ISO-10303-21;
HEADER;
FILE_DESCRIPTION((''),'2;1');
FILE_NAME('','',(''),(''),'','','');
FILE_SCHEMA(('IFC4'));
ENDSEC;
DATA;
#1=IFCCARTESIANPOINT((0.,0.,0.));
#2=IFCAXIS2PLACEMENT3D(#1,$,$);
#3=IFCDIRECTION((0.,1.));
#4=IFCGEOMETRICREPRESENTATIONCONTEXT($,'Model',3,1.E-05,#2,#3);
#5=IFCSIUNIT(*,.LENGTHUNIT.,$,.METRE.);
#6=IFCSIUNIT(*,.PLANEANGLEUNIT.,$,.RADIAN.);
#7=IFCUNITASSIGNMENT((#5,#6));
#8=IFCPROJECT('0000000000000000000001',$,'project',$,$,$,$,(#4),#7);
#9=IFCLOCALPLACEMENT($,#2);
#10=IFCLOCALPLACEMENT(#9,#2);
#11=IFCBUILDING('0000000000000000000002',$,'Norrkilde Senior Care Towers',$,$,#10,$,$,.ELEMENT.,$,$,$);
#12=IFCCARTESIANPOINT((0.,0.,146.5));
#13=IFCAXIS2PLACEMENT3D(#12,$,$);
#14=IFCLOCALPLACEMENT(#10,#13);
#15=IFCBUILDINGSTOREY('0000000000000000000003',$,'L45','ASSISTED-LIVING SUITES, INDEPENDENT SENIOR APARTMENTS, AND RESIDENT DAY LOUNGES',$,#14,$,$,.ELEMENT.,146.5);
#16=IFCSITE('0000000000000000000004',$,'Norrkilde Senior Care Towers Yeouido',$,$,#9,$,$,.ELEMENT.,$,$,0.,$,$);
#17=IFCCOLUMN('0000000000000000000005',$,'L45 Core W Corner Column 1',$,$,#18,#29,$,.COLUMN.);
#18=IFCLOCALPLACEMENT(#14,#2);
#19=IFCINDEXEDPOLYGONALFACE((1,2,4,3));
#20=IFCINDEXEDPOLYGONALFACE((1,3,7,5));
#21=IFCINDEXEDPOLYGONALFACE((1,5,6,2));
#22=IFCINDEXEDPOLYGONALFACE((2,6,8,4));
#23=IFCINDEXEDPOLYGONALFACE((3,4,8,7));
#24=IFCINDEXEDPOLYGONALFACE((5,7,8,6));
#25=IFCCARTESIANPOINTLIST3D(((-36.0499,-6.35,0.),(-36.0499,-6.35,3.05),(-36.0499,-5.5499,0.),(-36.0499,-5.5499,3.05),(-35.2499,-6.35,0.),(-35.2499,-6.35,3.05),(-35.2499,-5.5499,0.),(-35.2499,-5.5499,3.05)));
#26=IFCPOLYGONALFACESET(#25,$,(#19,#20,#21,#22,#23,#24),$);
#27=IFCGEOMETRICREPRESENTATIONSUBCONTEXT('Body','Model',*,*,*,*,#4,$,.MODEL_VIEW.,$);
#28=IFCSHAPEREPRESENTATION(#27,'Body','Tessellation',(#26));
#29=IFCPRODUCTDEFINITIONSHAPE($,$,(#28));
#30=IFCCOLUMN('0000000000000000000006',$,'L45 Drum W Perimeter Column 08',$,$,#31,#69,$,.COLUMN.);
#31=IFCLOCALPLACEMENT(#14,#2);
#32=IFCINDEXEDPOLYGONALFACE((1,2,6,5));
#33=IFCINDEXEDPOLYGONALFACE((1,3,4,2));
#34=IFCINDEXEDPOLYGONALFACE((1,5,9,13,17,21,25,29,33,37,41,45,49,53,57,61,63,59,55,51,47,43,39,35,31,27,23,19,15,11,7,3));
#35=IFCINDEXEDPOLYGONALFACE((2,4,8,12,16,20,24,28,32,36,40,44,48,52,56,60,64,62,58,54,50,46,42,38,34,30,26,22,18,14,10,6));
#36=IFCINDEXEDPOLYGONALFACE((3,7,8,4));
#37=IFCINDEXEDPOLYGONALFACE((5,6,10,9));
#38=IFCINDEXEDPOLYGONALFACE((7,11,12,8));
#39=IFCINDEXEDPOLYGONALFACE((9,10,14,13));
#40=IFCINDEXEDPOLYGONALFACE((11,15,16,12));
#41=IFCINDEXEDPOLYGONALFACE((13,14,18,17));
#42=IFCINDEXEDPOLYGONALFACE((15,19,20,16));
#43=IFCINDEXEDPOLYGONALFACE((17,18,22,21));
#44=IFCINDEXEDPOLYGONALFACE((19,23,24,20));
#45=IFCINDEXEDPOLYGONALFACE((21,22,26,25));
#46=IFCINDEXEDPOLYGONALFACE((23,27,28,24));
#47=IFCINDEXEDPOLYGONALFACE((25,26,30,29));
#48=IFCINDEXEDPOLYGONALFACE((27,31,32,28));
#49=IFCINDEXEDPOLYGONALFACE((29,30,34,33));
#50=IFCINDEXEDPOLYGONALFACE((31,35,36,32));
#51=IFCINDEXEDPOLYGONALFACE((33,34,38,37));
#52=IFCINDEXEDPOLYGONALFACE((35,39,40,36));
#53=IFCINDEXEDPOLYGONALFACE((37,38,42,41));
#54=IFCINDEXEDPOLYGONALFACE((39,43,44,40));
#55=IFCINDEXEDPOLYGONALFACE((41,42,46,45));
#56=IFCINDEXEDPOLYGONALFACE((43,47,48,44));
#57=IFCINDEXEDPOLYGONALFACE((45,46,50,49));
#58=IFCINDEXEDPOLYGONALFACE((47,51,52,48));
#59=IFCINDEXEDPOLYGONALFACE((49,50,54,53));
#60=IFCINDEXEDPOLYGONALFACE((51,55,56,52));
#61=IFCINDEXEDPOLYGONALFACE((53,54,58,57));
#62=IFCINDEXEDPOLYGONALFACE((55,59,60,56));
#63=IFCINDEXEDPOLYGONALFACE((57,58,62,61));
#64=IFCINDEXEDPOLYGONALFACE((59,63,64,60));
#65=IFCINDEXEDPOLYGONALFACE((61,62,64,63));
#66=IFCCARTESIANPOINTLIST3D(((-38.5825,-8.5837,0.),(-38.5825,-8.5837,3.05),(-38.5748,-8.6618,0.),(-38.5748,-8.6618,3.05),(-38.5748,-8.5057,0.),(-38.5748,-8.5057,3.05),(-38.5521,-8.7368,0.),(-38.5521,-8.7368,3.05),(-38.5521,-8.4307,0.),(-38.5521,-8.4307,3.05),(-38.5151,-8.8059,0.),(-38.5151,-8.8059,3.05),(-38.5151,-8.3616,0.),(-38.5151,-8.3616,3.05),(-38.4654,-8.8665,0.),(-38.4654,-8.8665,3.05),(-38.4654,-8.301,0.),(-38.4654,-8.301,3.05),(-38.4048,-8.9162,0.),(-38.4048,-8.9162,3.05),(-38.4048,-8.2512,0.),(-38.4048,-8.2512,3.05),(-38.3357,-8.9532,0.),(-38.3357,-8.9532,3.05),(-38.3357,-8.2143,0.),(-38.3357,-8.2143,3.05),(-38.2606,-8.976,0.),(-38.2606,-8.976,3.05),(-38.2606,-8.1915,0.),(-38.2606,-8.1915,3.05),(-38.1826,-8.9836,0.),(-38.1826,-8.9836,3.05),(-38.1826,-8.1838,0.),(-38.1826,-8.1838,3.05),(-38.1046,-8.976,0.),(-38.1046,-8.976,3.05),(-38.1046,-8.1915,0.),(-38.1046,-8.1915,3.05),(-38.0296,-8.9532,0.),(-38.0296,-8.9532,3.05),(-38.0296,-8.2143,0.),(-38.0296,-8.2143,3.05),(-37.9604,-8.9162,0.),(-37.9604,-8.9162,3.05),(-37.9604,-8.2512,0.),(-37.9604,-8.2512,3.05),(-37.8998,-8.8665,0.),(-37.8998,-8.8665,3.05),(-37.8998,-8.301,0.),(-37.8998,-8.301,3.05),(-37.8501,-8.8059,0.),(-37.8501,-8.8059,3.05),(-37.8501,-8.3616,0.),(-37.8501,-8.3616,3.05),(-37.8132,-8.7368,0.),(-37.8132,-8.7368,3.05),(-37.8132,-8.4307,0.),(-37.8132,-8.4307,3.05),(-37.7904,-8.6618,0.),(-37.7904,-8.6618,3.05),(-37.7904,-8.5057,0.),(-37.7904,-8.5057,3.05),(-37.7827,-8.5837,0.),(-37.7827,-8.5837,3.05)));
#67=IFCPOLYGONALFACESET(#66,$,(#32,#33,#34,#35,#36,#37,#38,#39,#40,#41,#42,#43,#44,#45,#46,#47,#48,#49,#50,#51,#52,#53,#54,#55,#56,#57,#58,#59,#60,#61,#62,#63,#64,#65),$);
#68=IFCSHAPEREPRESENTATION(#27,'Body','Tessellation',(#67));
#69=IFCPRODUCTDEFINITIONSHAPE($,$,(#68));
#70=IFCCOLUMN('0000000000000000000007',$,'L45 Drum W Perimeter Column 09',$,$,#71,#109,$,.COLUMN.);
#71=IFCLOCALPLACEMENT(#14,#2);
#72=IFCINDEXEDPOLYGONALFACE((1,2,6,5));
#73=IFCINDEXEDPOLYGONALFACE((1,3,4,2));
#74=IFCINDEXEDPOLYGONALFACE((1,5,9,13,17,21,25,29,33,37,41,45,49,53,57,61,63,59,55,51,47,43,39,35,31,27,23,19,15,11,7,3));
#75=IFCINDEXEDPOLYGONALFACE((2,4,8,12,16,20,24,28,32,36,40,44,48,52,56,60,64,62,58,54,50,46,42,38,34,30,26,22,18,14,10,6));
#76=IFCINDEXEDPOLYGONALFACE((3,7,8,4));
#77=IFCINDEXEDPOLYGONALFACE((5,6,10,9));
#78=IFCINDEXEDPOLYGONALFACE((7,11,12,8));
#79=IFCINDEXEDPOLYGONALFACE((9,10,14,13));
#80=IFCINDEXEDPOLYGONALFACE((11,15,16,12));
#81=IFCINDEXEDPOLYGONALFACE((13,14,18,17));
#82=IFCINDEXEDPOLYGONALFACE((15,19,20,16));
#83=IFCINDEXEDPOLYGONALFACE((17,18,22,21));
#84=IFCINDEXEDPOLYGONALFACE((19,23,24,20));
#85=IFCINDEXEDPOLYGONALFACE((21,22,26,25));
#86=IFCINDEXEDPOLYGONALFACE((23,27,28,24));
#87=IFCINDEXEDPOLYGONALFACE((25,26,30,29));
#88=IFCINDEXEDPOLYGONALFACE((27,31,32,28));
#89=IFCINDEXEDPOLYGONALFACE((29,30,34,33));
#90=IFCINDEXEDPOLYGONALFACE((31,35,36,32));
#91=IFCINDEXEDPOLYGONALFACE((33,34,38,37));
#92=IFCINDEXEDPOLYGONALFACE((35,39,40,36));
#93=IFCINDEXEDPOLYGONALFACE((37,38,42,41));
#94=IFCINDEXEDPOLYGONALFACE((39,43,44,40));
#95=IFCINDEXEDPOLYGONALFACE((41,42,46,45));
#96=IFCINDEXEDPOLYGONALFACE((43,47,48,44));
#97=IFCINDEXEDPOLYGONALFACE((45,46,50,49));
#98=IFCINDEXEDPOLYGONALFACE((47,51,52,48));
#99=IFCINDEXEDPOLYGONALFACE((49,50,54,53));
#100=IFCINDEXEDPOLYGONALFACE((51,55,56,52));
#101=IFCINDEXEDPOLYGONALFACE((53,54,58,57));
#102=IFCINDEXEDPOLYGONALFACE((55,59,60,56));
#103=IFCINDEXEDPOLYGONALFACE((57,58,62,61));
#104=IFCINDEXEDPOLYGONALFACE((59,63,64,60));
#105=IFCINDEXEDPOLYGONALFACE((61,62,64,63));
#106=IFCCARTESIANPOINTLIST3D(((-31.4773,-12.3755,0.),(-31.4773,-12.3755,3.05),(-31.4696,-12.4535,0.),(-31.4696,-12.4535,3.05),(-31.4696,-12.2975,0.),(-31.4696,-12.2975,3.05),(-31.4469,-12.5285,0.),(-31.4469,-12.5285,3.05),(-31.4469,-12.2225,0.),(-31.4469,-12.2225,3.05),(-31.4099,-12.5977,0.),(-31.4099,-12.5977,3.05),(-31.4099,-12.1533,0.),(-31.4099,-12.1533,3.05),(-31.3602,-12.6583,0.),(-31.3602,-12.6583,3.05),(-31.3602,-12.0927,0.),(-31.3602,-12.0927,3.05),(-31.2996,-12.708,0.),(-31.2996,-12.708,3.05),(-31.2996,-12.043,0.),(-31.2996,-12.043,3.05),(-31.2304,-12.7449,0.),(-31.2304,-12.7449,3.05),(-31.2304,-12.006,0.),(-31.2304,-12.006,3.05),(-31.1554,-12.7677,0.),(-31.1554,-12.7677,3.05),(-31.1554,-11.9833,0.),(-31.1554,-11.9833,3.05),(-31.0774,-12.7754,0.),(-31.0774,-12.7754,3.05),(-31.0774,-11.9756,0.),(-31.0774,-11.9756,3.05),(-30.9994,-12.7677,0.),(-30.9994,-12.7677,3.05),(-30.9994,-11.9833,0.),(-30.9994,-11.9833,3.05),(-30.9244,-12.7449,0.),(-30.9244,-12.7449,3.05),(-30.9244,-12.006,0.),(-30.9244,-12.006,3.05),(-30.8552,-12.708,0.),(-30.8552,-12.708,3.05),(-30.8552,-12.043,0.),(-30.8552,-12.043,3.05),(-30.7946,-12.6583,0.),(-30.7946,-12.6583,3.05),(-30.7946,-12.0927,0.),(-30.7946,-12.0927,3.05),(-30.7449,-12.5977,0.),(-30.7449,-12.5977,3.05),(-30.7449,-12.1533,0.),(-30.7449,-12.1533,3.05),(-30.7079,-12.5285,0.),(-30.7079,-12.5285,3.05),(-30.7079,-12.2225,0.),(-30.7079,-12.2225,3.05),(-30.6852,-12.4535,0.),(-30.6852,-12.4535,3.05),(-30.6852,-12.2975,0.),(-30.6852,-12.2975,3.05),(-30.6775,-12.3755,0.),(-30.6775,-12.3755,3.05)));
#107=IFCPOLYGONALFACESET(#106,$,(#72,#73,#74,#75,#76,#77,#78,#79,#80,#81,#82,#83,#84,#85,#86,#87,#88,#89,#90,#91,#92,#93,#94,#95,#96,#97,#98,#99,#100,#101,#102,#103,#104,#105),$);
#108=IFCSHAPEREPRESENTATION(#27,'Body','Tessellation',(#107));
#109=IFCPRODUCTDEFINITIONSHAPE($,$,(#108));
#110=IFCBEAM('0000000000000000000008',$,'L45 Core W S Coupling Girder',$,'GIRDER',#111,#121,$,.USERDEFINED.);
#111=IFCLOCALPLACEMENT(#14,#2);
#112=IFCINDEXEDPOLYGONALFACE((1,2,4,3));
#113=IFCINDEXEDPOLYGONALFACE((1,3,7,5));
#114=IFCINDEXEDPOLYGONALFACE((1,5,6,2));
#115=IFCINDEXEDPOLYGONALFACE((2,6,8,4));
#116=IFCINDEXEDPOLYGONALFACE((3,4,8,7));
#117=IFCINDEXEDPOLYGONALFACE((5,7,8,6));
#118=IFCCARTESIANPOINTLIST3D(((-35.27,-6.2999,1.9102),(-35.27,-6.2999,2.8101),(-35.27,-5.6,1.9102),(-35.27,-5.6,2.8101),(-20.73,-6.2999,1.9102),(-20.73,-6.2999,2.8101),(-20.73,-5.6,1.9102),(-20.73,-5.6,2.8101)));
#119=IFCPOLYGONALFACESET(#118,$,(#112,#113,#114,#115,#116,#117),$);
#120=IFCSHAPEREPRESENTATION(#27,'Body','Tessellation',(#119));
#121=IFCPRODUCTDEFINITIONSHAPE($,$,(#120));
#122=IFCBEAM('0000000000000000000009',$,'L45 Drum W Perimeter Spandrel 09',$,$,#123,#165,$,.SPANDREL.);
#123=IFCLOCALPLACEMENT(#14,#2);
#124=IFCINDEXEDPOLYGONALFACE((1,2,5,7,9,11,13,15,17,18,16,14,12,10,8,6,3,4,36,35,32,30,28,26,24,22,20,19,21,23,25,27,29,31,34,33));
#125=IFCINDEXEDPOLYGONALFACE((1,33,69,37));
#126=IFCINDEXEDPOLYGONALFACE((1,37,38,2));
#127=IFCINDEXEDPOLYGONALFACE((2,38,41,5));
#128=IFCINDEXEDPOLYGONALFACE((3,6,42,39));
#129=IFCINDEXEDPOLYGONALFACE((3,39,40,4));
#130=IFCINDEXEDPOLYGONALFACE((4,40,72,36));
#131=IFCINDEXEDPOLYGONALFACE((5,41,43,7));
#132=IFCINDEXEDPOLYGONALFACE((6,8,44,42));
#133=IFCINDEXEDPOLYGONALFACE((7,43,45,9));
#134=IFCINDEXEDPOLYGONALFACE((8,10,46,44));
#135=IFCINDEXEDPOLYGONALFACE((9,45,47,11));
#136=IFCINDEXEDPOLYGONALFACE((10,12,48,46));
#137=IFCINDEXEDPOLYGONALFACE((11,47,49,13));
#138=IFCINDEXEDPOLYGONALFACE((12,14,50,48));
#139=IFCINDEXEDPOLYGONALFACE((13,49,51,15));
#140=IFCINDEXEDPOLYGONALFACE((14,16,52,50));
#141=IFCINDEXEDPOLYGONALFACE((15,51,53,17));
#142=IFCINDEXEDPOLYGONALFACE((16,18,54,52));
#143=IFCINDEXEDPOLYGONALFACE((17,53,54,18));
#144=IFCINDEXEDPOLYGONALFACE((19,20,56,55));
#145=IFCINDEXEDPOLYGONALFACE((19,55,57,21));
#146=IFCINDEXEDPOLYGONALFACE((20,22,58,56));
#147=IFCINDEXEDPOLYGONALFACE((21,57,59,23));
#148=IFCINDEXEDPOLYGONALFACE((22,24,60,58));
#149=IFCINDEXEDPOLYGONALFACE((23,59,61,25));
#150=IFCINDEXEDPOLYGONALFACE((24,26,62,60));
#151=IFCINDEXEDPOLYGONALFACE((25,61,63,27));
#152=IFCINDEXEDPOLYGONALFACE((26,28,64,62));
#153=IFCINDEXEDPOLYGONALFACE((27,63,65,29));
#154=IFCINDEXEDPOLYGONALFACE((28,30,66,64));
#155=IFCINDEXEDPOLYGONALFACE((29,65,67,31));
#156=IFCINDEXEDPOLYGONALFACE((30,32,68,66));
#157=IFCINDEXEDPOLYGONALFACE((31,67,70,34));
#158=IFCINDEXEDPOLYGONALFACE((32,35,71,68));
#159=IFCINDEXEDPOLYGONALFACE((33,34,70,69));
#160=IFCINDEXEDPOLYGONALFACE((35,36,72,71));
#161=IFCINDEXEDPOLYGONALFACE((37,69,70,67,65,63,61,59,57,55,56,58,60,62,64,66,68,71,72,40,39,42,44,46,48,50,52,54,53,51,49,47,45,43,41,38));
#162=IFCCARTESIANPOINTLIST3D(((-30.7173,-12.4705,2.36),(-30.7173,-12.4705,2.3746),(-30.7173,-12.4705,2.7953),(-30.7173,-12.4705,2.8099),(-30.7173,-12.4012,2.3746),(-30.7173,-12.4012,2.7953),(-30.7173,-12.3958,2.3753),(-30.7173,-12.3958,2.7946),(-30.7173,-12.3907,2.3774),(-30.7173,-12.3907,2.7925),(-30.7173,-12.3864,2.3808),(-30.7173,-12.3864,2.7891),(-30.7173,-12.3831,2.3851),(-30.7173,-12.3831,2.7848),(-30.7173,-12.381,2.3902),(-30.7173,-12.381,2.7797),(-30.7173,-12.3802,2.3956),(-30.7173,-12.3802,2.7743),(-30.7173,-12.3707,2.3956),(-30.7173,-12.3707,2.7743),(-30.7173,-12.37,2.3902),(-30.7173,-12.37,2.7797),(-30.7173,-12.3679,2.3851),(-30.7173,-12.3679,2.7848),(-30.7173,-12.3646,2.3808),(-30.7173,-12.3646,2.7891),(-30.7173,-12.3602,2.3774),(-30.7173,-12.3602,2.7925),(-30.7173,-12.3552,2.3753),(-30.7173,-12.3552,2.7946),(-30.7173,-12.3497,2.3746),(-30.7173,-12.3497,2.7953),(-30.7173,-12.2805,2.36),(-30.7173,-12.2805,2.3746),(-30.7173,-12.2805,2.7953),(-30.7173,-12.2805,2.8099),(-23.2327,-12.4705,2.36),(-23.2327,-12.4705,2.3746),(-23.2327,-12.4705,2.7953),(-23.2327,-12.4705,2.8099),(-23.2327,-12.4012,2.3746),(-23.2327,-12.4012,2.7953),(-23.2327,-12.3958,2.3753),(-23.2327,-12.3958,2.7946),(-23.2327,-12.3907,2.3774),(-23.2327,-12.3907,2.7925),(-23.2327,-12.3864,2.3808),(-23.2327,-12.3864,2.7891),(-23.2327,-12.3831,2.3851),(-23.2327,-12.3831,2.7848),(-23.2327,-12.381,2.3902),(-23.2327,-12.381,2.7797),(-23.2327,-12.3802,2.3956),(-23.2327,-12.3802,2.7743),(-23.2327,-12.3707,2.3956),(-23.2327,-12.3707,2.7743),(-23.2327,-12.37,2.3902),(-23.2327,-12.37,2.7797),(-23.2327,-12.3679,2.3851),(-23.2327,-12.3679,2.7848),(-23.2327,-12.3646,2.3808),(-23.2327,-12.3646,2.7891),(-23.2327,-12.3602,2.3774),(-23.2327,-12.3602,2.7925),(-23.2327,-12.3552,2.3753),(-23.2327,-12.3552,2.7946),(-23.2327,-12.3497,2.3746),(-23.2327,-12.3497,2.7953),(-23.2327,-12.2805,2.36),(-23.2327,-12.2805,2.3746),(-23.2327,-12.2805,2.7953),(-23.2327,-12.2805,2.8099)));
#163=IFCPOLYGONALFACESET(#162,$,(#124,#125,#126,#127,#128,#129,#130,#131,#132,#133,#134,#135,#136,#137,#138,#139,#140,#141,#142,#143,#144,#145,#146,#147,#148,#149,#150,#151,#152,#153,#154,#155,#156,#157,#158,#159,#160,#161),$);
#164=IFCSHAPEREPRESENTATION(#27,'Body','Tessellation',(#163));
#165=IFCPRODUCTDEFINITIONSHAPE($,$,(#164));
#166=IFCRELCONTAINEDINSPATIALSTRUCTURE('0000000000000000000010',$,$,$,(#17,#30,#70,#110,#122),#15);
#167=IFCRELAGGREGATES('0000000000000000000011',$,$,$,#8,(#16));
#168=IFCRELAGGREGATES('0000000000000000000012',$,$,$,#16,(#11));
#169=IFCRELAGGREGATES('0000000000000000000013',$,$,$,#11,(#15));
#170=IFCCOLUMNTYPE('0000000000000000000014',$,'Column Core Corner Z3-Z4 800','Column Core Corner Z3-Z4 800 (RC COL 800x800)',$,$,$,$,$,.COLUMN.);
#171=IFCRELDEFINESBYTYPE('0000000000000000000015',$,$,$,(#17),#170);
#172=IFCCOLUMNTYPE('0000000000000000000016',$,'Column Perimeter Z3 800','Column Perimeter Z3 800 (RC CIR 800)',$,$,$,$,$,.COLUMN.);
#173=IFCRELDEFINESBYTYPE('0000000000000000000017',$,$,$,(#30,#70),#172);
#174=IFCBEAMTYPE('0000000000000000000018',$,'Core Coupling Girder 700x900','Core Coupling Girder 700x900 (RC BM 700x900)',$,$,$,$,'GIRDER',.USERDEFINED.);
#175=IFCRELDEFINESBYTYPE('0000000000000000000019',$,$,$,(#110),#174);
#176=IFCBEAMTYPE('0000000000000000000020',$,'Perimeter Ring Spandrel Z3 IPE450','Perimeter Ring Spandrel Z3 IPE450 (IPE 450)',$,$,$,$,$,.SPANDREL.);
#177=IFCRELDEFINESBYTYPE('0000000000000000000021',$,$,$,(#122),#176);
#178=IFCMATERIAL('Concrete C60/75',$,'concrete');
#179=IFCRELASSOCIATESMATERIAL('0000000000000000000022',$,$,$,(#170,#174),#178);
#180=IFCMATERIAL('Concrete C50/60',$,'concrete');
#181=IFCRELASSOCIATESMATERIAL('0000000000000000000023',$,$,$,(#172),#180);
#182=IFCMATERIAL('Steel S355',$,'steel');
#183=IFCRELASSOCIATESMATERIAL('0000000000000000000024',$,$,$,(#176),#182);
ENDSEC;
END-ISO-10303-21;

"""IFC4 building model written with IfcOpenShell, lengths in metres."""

from ifc_helpers import new_model, si_unit, direction, frame, origin, origin_2d, place, context, subcontext, project, spatial, rectangle, circle, i_section, extrude, source, transform, mapped, material, material_profile, profile_set, type_object, type_shapes, element, save


model = new_model("IFC4")

# Units and contexts
model_context = context("Model", 3, precision=1e-05, world=origin(), true_north=direction((0.0, 1.0)))
body_context = subcontext(model_context, "Body", "Model", "MODEL_VIEW")
ifc_project = project(units=[si_unit("LENGTHUNIT", "METRE"), si_unit("PLANEANGLEUNIT", "RADIAN")], contexts=[model_context])

# Site, building, storey
site_placement = place(None, origin())
site = spatial("IfcSite", under=ifc_project, at=site_placement, Name="Norrkilde Senior Care Towers Yeouido", CompositionType="ELEMENT", RefElevation=0.0)
building_placement = place(site_placement, origin())
building = spatial("IfcBuilding", under=site, at=building_placement, Name="Norrkilde Senior Care Towers", CompositionType="ELEMENT")
storey_placement = place(building_placement, frame((0.0, 0.0, 146.5)))
storey = spatial("IfcBuildingStorey", under=building, at=storey_placement, Name="L45", Description="ASSISTED-LIVING SUITES, INDEPENDENT SENIOR APARTMENTS, AND RESIDENT DAY LOUNGES", CompositionType="ELEMENT", Elevation=146.5)

# Columns
ifc_material_1 = material(Name="Concrete C60/75", Category="concrete")
ifc_material_profile_1 = material_profile(ifc_material_1, rectangle(XDim=0.8, YDim=0.8, at=origin_2d()), Name="RC COL 800x800")
ifc_profile_set_1 = profile_set([ifc_material_profile_1], Name="Concrete C60/75")
column_type_1 = type_object("IfcColumnType", Name="Column Core Corner Z3-Z4 800", Description="Column Core Corner Z3-Z4 800 (RC COL 800x800)", PredefinedType="COLUMN", material=ifc_profile_set_1)
shared_shape_1 = source(origin(), body_context, "Body", "SweptSolid", [
    extrude(rectangle(XDim=0.8, YDim=0.8, at=origin_2d()), origin(), (0.0, 0.0, 1.0), 3.05),
])
type_shapes(column_type_1, [shared_shape_1])
column_placement = place(storey_placement, frame((-35.6499, -5.95, 0.0), z_axis=(0.0, 0.0, 1.0), x_axis=(1.0, 0.0, 0.0)))
element("IfcColumn", 1, at=column_placement, inside=storey, type_object=column_type_1, Name="L45 Core W Corner Column 1", PredefinedType="COLUMN", context=body_context, shape_type="MappedRepresentation", body=[
    mapped(shared_shape_1, transform((0.0, 0.0, 0.0), x_axis=(1.0, 0.0, 0.0), y_axis=(0.0, 1.0, 0.0), z_axis=(0.0, 0.0, 1.0), scale=1.0)),
])
ifc_material_2 = material(Name="Concrete C50/60", Category="concrete")
ifc_material_profile_2 = material_profile(ifc_material_2, circle(Radius=0.3999, at=origin_2d()), Name="RC CIR 800")
ifc_profile_set_2 = profile_set([ifc_material_profile_2], Name="Concrete C50/60")
column_type_2 = type_object("IfcColumnType", Name="Column Perimeter Z3 800", Description="Column Perimeter Z3 800 (RC CIR 800)", PredefinedType="COLUMN", material=ifc_profile_set_2)
shared_shape_2 = source(origin(), body_context, "Body", "SweptSolid", [
    extrude(circle(Radius=0.3999, at=origin_2d()), origin(), (0.0, 0.0, 1.0), 3.05),
])
type_shapes(column_type_2, [shared_shape_2])
for number, where, z_axis, x_axis, name in (
    (2, (-38.1826, -8.5837, 0.0), (0.0, 0.0, 1.0), (1.0, 0.0, 0.0), "L45 Drum W Perimeter Column 08"),
    (3, (-31.0774, -12.3755, 0.0), (0.0, 0.0, 1.0), (1.0, 0.0, 0.0), "L45 Drum W Perimeter Column 09"),
):
    element("IfcColumn", number, at=place(storey_placement, frame(where, z_axis=z_axis, x_axis=x_axis)), inside=storey, type_object=column_type_2, Name=name, PredefinedType="COLUMN", context=body_context, shape_type="MappedRepresentation", body=[
        mapped(shared_shape_2, transform((0.0, 0.0, 0.0), x_axis=(1.0, 0.0, 0.0), y_axis=(0.0, 1.0, 0.0), z_axis=(0.0, 0.0, 1.0), scale=1.0)),
    ])

# Beams
ifc_material_profile_3 = material_profile(ifc_material_1, rectangle(XDim=0.7, YDim=0.8999, at=origin_2d()), Name="RC BM 700x900")
ifc_profile_set_3 = profile_set([ifc_material_profile_3], Name="Concrete C60/75")
beam_type_1 = type_object("IfcBeamType", Name="Core Coupling Girder 700x900", Description="Core Coupling Girder 700x900 (RC BM 700x900)", ElementType="GIRDER", PredefinedType="USERDEFINED", material=ifc_profile_set_3)
shared_shape_3 = source(origin(), body_context, "Body", "SweptSolid", [
    extrude(rectangle(XDim=0.7, YDim=0.8999, at=origin_2d()), origin(), (0.0, 0.0, 1.0), 14.54),
])
type_shapes(beam_type_1, [shared_shape_3])
beam_1_placement = place(storey_placement, frame((-35.27, -5.95, 2.3601), z_axis=(1.0, 0.0, 0.0), x_axis=(0.0, 1.0, 0.0)))
element("IfcBeam", 4, at=beam_1_placement, inside=storey, type_object=beam_type_1, Name="L45 Core W S Coupling Girder", ObjectType="GIRDER", PredefinedType="USERDEFINED", context=body_context, shape_type="MappedRepresentation", body=[
    mapped(shared_shape_3, transform((0.0, 0.0, 0.0), x_axis=(1.0, 0.0, 0.0), y_axis=(0.0, 1.0, 0.0), z_axis=(0.0, 0.0, 1.0), scale=1.0)),
])
ifc_material_3 = material(Name="Steel S355", Category="steel")
ifc_material_profile_4 = material_profile(ifc_material_3, i_section(OverallWidth=0.1899, OverallDepth=0.45, WebThickness=0.0095, FlangeThickness=0.0146, FilletRadius=0.021, at=origin_2d()), Name="IPE 450")
ifc_profile_set_4 = profile_set([ifc_material_profile_4], Name="Steel S355")
beam_type_2 = type_object("IfcBeamType", Name="Perimeter Ring Spandrel Z3 IPE450", Description="Perimeter Ring Spandrel Z3 IPE450 (IPE 450)", PredefinedType="SPANDREL", material=ifc_profile_set_4)
shared_shape_4 = source(origin(), body_context, "Body", "SweptSolid", [
    extrude(i_section(OverallWidth=0.1899, OverallDepth=0.45, WebThickness=0.0095, FlangeThickness=0.0146, FilletRadius=0.021, at=origin_2d()), origin(), (0.0, 0.0, 1.0), 7.4846),
])
beam_2_placement = place(storey_placement, frame((-30.7173, -12.3755, 2.585), z_axis=(1.0, 0.0, 0.0), x_axis=(0.0, 1.0, 0.0)))
element("IfcBeam", 5, at=beam_2_placement, inside=storey, type_object=beam_type_2, Name="L45 Drum W Perimeter Spandrel 09", PredefinedType="SPANDREL", context=body_context, shape_type="MappedRepresentation", body=[
    mapped(shared_shape_4, transform((0.0, 0.0, 0.0), x_axis=(1.0, 0.0, 0.0), y_axis=(0.0, 1.0, 0.0), z_axis=(0.0, 0.0, 1.0), scale=1.0)),
])

save(model, "model.ifc")
